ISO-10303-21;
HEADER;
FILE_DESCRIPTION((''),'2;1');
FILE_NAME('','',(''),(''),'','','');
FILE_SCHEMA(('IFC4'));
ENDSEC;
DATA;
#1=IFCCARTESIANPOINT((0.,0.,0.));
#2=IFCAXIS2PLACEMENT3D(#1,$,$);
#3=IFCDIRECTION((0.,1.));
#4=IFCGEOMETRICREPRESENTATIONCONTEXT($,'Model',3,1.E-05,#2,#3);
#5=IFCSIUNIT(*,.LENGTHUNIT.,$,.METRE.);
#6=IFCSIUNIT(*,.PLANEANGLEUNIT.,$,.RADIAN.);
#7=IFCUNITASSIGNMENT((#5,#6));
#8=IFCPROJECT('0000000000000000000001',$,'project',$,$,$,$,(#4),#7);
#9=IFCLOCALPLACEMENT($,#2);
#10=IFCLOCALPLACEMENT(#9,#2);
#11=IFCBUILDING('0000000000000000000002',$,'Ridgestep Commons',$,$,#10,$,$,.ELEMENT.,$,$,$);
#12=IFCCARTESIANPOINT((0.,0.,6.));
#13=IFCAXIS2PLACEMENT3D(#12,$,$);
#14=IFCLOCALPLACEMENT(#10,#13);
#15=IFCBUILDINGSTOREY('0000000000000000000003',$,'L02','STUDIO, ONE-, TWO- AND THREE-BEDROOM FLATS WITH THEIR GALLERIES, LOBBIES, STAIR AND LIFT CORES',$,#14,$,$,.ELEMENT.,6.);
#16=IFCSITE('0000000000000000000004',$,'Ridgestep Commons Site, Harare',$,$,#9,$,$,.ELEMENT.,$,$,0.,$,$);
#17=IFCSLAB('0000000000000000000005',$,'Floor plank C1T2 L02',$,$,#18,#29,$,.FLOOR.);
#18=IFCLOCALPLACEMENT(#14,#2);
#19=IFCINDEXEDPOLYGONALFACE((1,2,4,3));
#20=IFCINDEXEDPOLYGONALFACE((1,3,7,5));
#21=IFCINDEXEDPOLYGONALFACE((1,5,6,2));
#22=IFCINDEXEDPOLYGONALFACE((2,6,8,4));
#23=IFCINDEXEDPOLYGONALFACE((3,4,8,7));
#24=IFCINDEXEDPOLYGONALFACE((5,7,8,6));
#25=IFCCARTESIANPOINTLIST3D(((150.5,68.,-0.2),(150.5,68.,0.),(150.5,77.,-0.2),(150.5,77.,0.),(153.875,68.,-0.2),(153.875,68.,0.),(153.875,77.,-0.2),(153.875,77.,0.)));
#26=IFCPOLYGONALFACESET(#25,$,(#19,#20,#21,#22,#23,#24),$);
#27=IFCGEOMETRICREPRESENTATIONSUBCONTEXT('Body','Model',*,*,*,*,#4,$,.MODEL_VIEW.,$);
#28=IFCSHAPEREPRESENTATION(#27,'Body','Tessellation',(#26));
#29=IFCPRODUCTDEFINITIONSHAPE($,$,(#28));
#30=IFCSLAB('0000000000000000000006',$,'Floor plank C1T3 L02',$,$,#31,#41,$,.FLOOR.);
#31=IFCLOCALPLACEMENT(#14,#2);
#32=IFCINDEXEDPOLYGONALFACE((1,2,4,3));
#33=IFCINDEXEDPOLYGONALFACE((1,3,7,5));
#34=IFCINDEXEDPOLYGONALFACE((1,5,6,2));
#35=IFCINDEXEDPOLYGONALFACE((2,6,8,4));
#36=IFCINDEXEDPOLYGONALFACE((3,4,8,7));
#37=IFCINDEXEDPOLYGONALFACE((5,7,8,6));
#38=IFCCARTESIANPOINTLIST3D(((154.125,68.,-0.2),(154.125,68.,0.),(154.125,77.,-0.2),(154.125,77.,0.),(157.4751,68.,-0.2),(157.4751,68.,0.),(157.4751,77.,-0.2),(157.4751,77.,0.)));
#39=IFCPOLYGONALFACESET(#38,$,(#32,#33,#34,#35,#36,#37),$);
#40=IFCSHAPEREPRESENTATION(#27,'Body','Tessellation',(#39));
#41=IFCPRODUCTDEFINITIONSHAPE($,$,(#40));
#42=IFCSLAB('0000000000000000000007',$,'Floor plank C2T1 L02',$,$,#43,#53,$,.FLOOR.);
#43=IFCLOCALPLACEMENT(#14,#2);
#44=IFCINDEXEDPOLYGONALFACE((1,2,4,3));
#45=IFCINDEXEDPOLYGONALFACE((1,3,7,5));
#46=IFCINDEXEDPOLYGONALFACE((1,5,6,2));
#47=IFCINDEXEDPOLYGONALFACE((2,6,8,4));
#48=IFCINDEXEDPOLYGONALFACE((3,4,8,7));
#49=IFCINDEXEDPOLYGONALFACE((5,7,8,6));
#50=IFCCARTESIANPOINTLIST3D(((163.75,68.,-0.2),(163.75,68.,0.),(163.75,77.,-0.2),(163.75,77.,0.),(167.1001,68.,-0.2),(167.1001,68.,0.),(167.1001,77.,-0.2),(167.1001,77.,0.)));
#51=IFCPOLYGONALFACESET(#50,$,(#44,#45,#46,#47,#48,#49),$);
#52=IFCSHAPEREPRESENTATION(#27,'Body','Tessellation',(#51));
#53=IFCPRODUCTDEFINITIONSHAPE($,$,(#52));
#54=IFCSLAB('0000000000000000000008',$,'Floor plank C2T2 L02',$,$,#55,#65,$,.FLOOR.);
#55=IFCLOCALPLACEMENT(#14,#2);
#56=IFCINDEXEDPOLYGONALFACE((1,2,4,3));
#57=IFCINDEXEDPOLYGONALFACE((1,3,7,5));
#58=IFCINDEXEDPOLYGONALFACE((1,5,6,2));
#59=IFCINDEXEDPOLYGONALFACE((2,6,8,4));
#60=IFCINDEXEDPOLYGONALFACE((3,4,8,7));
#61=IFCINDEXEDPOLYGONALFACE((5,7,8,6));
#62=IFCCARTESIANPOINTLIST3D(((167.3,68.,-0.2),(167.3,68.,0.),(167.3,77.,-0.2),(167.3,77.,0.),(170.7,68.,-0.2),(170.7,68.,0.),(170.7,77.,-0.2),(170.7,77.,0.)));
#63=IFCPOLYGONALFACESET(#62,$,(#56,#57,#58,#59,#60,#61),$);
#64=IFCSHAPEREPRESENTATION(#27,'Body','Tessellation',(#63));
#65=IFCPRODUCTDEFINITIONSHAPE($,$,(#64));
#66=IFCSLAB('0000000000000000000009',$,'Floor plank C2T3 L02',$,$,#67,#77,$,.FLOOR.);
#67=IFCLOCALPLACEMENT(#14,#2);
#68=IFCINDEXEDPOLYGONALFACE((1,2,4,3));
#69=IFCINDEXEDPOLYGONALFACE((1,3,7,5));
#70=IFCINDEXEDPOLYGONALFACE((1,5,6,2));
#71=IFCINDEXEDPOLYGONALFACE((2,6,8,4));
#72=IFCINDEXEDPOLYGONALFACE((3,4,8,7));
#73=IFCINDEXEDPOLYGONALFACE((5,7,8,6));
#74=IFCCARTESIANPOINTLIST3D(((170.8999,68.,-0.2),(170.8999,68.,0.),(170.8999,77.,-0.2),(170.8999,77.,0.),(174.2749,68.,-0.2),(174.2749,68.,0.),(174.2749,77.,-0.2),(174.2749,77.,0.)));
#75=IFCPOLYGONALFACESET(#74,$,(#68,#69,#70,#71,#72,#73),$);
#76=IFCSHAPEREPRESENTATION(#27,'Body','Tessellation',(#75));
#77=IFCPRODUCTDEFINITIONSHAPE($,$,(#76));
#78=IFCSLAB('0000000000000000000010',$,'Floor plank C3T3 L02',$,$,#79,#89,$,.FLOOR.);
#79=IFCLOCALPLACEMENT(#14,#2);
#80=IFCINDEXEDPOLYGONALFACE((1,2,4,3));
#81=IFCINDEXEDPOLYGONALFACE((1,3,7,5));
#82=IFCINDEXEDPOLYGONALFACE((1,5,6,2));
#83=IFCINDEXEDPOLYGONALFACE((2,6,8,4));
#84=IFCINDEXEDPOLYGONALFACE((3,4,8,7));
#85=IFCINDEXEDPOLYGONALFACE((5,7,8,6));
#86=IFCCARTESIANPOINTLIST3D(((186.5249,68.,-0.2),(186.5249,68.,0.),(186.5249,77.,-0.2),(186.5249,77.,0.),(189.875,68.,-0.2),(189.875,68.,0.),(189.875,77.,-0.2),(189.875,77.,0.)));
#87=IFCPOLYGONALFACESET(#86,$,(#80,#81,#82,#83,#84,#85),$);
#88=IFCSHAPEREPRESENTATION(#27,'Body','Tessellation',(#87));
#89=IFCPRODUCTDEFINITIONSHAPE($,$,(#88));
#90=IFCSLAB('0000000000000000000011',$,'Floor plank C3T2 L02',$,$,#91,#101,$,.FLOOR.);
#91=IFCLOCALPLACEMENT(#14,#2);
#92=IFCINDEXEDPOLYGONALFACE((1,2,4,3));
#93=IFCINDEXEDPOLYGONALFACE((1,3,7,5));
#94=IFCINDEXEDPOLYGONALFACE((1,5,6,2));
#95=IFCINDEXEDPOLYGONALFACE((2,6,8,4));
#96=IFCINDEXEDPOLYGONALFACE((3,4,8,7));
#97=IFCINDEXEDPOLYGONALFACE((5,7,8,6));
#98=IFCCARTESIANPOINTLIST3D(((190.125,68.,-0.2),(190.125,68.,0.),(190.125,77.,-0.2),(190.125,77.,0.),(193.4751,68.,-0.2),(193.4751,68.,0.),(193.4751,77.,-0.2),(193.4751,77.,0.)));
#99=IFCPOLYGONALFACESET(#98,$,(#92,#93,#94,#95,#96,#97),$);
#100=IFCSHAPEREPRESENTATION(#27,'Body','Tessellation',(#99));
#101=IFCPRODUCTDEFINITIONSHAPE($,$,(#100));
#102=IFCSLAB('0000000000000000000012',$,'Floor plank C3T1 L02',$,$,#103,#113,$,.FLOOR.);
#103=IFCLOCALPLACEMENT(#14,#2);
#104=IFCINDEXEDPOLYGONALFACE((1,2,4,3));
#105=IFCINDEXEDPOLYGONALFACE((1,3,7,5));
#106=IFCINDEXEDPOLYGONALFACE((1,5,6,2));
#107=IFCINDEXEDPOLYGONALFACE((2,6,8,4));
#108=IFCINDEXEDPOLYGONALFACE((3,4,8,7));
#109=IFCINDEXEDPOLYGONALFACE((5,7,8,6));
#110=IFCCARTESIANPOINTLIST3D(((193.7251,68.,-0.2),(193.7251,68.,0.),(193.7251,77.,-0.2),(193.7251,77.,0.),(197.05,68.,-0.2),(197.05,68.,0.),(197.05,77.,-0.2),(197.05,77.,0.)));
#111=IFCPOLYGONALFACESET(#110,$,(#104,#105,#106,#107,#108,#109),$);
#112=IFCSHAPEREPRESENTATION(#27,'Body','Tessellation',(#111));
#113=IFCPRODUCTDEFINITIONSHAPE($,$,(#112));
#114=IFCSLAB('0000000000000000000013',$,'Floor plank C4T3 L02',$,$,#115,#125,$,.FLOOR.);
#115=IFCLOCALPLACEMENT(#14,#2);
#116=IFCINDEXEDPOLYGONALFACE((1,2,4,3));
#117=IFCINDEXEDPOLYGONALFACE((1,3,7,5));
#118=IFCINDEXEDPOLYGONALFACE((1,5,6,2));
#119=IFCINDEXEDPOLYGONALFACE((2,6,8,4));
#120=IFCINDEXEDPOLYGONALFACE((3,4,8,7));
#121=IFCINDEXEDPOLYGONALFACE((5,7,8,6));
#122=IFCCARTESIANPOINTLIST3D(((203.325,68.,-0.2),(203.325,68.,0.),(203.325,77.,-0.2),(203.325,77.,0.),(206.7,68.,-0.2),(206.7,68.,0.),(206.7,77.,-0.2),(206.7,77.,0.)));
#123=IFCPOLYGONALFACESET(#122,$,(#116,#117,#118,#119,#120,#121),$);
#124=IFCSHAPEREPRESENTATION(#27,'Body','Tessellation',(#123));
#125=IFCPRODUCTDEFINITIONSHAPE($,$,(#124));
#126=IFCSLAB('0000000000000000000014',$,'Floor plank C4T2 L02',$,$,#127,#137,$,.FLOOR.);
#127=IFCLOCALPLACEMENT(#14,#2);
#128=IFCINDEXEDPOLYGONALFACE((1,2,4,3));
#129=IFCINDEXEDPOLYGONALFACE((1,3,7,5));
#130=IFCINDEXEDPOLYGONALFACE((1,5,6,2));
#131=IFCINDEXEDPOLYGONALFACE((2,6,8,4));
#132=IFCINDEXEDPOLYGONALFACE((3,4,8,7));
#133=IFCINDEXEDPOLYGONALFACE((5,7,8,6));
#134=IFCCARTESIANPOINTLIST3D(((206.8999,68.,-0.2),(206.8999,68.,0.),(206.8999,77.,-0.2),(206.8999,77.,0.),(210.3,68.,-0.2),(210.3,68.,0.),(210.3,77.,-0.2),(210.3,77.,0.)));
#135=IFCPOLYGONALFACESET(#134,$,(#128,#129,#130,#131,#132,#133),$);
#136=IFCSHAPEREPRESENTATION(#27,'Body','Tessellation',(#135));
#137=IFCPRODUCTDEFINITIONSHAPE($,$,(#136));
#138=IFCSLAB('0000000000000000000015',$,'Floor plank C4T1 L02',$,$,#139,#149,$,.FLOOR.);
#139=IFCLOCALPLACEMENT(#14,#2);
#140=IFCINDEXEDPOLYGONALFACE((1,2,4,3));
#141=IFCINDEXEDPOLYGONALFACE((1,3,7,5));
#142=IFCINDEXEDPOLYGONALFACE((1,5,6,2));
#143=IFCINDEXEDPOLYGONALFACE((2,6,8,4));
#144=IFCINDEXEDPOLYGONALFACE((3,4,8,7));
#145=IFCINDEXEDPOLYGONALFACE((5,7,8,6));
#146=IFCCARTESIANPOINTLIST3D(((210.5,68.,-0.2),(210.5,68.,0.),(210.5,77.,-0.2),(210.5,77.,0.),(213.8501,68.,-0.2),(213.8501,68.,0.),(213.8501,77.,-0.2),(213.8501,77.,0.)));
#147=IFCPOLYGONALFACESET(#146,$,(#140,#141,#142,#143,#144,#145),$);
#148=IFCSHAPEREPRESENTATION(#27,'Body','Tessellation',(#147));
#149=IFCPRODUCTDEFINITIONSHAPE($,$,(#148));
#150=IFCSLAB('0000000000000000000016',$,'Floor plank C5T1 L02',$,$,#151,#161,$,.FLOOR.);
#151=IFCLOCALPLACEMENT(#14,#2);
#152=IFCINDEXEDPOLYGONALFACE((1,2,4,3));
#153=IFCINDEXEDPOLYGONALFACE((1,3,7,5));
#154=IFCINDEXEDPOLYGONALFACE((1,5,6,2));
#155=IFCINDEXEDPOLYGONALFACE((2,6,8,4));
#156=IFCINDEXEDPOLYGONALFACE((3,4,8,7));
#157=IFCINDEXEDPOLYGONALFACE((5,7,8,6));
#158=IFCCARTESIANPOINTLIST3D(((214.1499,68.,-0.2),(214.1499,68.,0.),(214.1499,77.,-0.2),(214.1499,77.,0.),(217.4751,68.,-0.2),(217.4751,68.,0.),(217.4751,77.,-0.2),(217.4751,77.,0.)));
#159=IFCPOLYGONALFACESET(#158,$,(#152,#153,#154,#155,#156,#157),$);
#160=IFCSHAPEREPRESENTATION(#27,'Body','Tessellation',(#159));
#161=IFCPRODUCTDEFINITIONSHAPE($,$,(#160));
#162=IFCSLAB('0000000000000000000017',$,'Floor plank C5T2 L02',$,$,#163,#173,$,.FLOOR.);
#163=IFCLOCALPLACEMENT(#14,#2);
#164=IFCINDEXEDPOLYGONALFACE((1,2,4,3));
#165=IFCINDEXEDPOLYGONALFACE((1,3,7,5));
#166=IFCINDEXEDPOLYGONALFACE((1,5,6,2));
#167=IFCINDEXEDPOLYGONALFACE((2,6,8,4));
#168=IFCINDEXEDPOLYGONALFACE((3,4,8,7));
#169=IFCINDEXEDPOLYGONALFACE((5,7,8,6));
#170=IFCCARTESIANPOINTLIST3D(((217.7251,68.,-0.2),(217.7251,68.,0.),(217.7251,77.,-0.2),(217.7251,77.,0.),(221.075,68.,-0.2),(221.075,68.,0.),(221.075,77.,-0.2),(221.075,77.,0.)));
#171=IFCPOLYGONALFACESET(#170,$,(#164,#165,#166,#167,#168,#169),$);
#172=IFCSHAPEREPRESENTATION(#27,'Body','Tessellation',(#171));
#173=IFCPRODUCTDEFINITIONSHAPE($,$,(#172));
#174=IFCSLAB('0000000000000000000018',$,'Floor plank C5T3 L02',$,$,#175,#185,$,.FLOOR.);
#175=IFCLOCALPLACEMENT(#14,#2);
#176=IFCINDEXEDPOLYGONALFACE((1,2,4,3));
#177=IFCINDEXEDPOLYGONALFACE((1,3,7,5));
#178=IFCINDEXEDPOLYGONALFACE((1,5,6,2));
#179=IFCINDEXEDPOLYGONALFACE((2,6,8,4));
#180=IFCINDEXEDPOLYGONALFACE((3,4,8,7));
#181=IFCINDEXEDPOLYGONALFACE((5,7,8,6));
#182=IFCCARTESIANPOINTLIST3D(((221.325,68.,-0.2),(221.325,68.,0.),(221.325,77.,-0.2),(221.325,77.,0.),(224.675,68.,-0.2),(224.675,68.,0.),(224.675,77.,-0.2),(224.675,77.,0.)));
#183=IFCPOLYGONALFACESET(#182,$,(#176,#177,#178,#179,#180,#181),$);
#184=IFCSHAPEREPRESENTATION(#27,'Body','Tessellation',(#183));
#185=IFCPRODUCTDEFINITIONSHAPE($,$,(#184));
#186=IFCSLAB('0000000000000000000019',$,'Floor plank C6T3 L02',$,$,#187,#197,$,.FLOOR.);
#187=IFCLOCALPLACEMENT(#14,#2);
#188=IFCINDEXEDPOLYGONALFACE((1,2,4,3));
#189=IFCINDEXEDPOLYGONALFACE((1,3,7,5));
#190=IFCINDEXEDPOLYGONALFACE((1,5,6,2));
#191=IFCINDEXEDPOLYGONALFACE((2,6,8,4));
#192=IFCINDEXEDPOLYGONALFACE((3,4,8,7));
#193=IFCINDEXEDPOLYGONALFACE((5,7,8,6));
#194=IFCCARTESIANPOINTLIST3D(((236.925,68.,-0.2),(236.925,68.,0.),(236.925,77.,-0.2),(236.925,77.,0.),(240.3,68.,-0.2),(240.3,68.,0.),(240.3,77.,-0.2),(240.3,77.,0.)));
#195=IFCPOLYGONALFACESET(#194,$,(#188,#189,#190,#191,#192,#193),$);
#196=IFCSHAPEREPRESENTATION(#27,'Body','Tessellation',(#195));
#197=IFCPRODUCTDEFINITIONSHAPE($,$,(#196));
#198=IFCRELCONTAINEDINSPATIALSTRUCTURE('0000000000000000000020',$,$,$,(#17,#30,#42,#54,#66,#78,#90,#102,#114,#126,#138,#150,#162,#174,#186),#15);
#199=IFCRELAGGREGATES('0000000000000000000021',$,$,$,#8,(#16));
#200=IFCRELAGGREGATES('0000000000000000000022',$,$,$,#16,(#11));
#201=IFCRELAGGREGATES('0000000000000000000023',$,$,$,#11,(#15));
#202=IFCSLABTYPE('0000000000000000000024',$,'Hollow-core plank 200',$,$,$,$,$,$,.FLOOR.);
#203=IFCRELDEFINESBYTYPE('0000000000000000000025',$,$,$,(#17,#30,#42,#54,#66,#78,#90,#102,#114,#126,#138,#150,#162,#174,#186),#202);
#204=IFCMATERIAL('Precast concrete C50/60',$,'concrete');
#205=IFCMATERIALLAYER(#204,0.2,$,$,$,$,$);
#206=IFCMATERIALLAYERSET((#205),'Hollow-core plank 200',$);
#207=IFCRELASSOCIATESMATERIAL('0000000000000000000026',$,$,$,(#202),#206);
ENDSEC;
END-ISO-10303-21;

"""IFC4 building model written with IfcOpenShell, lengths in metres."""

from ifc_helpers import new_model, si_unit, direction, frame, origin, place, context, subcontext, project, spatial, polyline, outline, extrude, material, layer, layer_set, type_object, element, save


model = new_model("IFC4")

# Units and contexts
model_context = context("Model", 3, precision=1e-05, world=origin(), true_north=direction((0.0, 1.0)))
body_context = subcontext(model_context, "Body", "Model", "MODEL_VIEW")
ifc_project = project(units=[si_unit("LENGTHUNIT", "METRE"), si_unit("PLANEANGLEUNIT", "RADIAN")], contexts=[model_context])

# Site, building, storey
site_placement = place(None, origin())
site = spatial("IfcSite", under=ifc_project, at=site_placement, Name="Ridgestep Commons Site, Harare", CompositionType="ELEMENT", RefElevation=0.0)
building_placement = place(site_placement, origin())
building = spatial("IfcBuilding", under=site, at=building_placement, Name="Ridgestep Commons", CompositionType="ELEMENT")
storey_placement = place(building_placement, frame((0.0, 0.0, 6.0)))
storey = spatial("IfcBuildingStorey", under=building, at=storey_placement, Name="L02", Description="STUDIO, ONE-, TWO- AND THREE-BEDROOM FLATS WITH THEIR GALLERIES, LOBBIES, STAIR AND LIFT CORES", CompositionType="ELEMENT", Elevation=6.0)

# Slabs
ifc_material_1 = material(Name="Precast concrete C50/60", Category="concrete")
ifc_layer_1 = layer(ifc_material_1, 0.2)
ifc_layer_set_1 = layer_set([ifc_layer_1], Name="Hollow-core plank 200")
slab_type_1 = type_object("IfcSlabType", Name="Hollow-core plank 200", PredefinedType="FLOOR", material=ifc_layer_set_1)
slab_1_placement = place(storey_placement, frame((0.0, 0.0, -0.2)))
element("IfcSlab", 1, at=slab_1_placement, inside=storey, type_object=slab_type_1, Name="Floor plank C1T2 L02", PredefinedType="FLOOR", context=body_context, shape_type="SweptSolid", body=[
    extrude(outline(polyline([(153.875, 68.0), (153.875, 77.0), (150.5, 77.0), (150.5, 68.0), (153.875, 68.0)])), origin(), (0.0, 0.0, 1.0), 0.2),
])
slab_2_placement = place(storey_placement, frame((0.0, 0.0, -0.2)))
element("IfcSlab", 2, at=slab_2_placement, inside=storey, type_object=slab_type_1, Name="Floor plank C1T3 L02", PredefinedType="FLOOR", context=body_context, shape_type="SweptSolid", body=[
    extrude(outline(polyline([(157.4751, 68.0), (157.4751, 77.0), (154.125, 77.0), (154.125, 68.0), (157.4751, 68.0)])), origin(), (0.0, 0.0, 1.0), 0.2),
])
slab_3_placement = place(storey_placement, frame((0.0, 0.0, -0.2)))
element("IfcSlab", 3, at=slab_3_placement, inside=storey, type_object=slab_type_1, Name="Floor plank C2T1 L02", PredefinedType="FLOOR", context=body_context, shape_type="SweptSolid", body=[
    extrude(outline(polyline([(167.1001, 68.0), (167.1001, 77.0), (163.75, 77.0), (163.75, 68.0), (167.1001, 68.0)])), origin(), (0.0, 0.0, 1.0), 0.2),
])
slab_4_placement = place(storey_placement, frame((0.0, 0.0, -0.2)))
element("IfcSlab", 4, at=slab_4_placement, inside=storey, type_object=slab_type_1, Name="Floor plank C2T2 L02", PredefinedType="FLOOR", context=body_context, shape_type="SweptSolid", body=[
    extrude(outline(polyline([(170.7, 68.0), (170.7, 77.0), (167.3, 77.0), (167.3, 68.0), (170.7, 68.0)])), origin(), (0.0, 0.0, 1.0), 0.2),
])
slab_5_placement = place(storey_placement, frame((0.0, 0.0, -0.2)))
element("IfcSlab", 5, at=slab_5_placement, inside=storey, type_object=slab_type_1, Name="Floor plank C2T3 L02", PredefinedType="FLOOR", context=body_context, shape_type="SweptSolid", body=[
    extrude(outline(polyline([(174.2749, 68.0), (174.2749, 77.0), (170.8999, 77.0), (170.8999, 68.0), (174.2749, 68.0)])), origin(), (0.0, 0.0, 1.0), 0.2),
])
slab_6_placement = place(storey_placement, frame((0.0, 0.0, -0.2)))
element("IfcSlab", 6, at=slab_6_placement, inside=storey, type_object=slab_type_1, Name="Floor plank C3T3 L02", PredefinedType="FLOOR", context=body_context, shape_type="SweptSolid", body=[
    extrude(outline(polyline([(189.875, 68.0), (189.875, 77.0), (186.5249, 77.0), (186.5249, 68.0), (189.875, 68.0)])), origin(), (0.0, 0.0, 1.0), 0.2),
])
slab_7_placement = place(storey_placement, frame((0.0, 0.0, -0.2)))
element("IfcSlab", 7, at=slab_7_placement, inside=storey, type_object=slab_type_1, Name="Floor plank C3T2 L02", PredefinedType="FLOOR", context=body_context, shape_type="SweptSolid", body=[
    extrude(outline(polyline([(193.4751, 68.0), (193.4751, 77.0), (190.125, 77.0), (190.125, 68.0), (193.4751, 68.0)])), origin(), (0.0, 0.0, 1.0), 0.2),
])
slab_8_placement = place(storey_placement, frame((0.0, 0.0, -0.2)))
element("IfcSlab", 8, at=slab_8_placement, inside=storey, type_object=slab_type_1, Name="Floor plank C3T1 L02", PredefinedType="FLOOR", context=body_context, shape_type="SweptSolid", body=[
    extrude(outline(polyline([(197.05, 68.0), (197.05, 77.0), (193.7251, 77.0), (193.7251, 68.0), (197.05, 68.0)])), origin(), (0.0, 0.0, 1.0), 0.2),
])
slab_9_placement = place(storey_placement, frame((0.0, 0.0, -0.2)))
element("IfcSlab", 9, at=slab_9_placement, inside=storey, type_object=slab_type_1, Name="Floor plank C4T3 L02", PredefinedType="FLOOR", context=body_context, shape_type="SweptSolid", body=[
    extrude(outline(polyline([(206.7, 68.0), (206.7, 77.0), (203.325, 77.0), (203.325, 68.0), (206.7, 68.0)])), origin(), (0.0, 0.0, 1.0), 0.2),
])
slab_10_placement = place(storey_placement, frame((0.0, 0.0, -0.2)))
element("IfcSlab", 10, at=slab_10_placement, inside=storey, type_object=slab_type_1, Name="Floor plank C4T2 L02", PredefinedType="FLOOR", context=body_context, shape_type="SweptSolid", body=[
    extrude(outline(polyline([(210.3, 68.0), (210.3, 77.0), (206.8999, 77.0), (206.8999, 68.0), (210.3, 68.0)])), origin(), (0.0, 0.0, 1.0), 0.2),
])
slab_11_placement = place(storey_placement, frame((0.0, 0.0, -0.2)))
element("IfcSlab", 11, at=slab_11_placement, inside=storey, type_object=slab_type_1, Name="Floor plank C4T1 L02", PredefinedType="FLOOR", context=body_context, shape_type="SweptSolid", body=[
    extrude(outline(polyline([(213.8501, 68.0), (213.8501, 77.0), (210.5, 77.0), (210.5, 68.0), (213.8501, 68.0)])), origin(), (0.0, 0.0, 1.0), 0.2),
])
slab_12_placement = place(storey_placement, frame((0.0, 0.0, -0.2)))
element("IfcSlab", 12, at=slab_12_placement, inside=storey, type_object=slab_type_1, Name="Floor plank C5T1 L02", PredefinedType="FLOOR", context=body_context, shape_type="SweptSolid", body=[
    extrude(outline(polyline([(217.4751, 68.0), (217.4751, 77.0), (214.1499, 77.0), (214.1499, 68.0), (217.4751, 68.0)])), origin(), (0.0, 0.0, 1.0), 0.2),
])
slab_13_placement = place(storey_placement, frame((0.0, 0.0, -0.2)))
element("IfcSlab", 13, at=slab_13_placement, inside=storey, type_object=slab_type_1, Name="Floor plank C5T2 L02", PredefinedType="FLOOR", context=body_context, shape_type="SweptSolid", body=[
    extrude(outline(polyline([(221.075, 68.0), (221.075, 77.0), (217.7251, 77.0), (217.7251, 68.0), (221.075, 68.0)])), origin(), (0.0, 0.0, 1.0), 0.2),
])
slab_14_placement = place(storey_placement, frame((0.0, 0.0, -0.2)))
element("IfcSlab", 14, at=slab_14_placement, inside=storey, type_object=slab_type_1, Name="Floor plank C5T3 L02", PredefinedType="FLOOR", context=body_context, shape_type="SweptSolid", body=[
    extrude(outline(polyline([(224.675, 68.0), (224.675, 77.0), (221.325, 77.0), (221.325, 68.0), (224.675, 68.0)])), origin(), (0.0, 0.0, 1.0), 0.2),
])
slab_15_placement = place(storey_placement, frame((0.0, 0.0, -0.2)))
element("IfcSlab", 15, at=slab_15_placement, inside=storey, type_object=slab_type_1, Name="Floor plank C6T3 L02", PredefinedType="FLOOR", context=body_context, shape_type="SweptSolid", body=[
    extrude(outline(polyline([(240.3, 68.0), (240.3, 77.0), (236.925, 77.0), (236.925, 68.0), (240.3, 68.0)])), origin(), (0.0, 0.0, 1.0), 0.2),
])

save(model, "model.ifc")
